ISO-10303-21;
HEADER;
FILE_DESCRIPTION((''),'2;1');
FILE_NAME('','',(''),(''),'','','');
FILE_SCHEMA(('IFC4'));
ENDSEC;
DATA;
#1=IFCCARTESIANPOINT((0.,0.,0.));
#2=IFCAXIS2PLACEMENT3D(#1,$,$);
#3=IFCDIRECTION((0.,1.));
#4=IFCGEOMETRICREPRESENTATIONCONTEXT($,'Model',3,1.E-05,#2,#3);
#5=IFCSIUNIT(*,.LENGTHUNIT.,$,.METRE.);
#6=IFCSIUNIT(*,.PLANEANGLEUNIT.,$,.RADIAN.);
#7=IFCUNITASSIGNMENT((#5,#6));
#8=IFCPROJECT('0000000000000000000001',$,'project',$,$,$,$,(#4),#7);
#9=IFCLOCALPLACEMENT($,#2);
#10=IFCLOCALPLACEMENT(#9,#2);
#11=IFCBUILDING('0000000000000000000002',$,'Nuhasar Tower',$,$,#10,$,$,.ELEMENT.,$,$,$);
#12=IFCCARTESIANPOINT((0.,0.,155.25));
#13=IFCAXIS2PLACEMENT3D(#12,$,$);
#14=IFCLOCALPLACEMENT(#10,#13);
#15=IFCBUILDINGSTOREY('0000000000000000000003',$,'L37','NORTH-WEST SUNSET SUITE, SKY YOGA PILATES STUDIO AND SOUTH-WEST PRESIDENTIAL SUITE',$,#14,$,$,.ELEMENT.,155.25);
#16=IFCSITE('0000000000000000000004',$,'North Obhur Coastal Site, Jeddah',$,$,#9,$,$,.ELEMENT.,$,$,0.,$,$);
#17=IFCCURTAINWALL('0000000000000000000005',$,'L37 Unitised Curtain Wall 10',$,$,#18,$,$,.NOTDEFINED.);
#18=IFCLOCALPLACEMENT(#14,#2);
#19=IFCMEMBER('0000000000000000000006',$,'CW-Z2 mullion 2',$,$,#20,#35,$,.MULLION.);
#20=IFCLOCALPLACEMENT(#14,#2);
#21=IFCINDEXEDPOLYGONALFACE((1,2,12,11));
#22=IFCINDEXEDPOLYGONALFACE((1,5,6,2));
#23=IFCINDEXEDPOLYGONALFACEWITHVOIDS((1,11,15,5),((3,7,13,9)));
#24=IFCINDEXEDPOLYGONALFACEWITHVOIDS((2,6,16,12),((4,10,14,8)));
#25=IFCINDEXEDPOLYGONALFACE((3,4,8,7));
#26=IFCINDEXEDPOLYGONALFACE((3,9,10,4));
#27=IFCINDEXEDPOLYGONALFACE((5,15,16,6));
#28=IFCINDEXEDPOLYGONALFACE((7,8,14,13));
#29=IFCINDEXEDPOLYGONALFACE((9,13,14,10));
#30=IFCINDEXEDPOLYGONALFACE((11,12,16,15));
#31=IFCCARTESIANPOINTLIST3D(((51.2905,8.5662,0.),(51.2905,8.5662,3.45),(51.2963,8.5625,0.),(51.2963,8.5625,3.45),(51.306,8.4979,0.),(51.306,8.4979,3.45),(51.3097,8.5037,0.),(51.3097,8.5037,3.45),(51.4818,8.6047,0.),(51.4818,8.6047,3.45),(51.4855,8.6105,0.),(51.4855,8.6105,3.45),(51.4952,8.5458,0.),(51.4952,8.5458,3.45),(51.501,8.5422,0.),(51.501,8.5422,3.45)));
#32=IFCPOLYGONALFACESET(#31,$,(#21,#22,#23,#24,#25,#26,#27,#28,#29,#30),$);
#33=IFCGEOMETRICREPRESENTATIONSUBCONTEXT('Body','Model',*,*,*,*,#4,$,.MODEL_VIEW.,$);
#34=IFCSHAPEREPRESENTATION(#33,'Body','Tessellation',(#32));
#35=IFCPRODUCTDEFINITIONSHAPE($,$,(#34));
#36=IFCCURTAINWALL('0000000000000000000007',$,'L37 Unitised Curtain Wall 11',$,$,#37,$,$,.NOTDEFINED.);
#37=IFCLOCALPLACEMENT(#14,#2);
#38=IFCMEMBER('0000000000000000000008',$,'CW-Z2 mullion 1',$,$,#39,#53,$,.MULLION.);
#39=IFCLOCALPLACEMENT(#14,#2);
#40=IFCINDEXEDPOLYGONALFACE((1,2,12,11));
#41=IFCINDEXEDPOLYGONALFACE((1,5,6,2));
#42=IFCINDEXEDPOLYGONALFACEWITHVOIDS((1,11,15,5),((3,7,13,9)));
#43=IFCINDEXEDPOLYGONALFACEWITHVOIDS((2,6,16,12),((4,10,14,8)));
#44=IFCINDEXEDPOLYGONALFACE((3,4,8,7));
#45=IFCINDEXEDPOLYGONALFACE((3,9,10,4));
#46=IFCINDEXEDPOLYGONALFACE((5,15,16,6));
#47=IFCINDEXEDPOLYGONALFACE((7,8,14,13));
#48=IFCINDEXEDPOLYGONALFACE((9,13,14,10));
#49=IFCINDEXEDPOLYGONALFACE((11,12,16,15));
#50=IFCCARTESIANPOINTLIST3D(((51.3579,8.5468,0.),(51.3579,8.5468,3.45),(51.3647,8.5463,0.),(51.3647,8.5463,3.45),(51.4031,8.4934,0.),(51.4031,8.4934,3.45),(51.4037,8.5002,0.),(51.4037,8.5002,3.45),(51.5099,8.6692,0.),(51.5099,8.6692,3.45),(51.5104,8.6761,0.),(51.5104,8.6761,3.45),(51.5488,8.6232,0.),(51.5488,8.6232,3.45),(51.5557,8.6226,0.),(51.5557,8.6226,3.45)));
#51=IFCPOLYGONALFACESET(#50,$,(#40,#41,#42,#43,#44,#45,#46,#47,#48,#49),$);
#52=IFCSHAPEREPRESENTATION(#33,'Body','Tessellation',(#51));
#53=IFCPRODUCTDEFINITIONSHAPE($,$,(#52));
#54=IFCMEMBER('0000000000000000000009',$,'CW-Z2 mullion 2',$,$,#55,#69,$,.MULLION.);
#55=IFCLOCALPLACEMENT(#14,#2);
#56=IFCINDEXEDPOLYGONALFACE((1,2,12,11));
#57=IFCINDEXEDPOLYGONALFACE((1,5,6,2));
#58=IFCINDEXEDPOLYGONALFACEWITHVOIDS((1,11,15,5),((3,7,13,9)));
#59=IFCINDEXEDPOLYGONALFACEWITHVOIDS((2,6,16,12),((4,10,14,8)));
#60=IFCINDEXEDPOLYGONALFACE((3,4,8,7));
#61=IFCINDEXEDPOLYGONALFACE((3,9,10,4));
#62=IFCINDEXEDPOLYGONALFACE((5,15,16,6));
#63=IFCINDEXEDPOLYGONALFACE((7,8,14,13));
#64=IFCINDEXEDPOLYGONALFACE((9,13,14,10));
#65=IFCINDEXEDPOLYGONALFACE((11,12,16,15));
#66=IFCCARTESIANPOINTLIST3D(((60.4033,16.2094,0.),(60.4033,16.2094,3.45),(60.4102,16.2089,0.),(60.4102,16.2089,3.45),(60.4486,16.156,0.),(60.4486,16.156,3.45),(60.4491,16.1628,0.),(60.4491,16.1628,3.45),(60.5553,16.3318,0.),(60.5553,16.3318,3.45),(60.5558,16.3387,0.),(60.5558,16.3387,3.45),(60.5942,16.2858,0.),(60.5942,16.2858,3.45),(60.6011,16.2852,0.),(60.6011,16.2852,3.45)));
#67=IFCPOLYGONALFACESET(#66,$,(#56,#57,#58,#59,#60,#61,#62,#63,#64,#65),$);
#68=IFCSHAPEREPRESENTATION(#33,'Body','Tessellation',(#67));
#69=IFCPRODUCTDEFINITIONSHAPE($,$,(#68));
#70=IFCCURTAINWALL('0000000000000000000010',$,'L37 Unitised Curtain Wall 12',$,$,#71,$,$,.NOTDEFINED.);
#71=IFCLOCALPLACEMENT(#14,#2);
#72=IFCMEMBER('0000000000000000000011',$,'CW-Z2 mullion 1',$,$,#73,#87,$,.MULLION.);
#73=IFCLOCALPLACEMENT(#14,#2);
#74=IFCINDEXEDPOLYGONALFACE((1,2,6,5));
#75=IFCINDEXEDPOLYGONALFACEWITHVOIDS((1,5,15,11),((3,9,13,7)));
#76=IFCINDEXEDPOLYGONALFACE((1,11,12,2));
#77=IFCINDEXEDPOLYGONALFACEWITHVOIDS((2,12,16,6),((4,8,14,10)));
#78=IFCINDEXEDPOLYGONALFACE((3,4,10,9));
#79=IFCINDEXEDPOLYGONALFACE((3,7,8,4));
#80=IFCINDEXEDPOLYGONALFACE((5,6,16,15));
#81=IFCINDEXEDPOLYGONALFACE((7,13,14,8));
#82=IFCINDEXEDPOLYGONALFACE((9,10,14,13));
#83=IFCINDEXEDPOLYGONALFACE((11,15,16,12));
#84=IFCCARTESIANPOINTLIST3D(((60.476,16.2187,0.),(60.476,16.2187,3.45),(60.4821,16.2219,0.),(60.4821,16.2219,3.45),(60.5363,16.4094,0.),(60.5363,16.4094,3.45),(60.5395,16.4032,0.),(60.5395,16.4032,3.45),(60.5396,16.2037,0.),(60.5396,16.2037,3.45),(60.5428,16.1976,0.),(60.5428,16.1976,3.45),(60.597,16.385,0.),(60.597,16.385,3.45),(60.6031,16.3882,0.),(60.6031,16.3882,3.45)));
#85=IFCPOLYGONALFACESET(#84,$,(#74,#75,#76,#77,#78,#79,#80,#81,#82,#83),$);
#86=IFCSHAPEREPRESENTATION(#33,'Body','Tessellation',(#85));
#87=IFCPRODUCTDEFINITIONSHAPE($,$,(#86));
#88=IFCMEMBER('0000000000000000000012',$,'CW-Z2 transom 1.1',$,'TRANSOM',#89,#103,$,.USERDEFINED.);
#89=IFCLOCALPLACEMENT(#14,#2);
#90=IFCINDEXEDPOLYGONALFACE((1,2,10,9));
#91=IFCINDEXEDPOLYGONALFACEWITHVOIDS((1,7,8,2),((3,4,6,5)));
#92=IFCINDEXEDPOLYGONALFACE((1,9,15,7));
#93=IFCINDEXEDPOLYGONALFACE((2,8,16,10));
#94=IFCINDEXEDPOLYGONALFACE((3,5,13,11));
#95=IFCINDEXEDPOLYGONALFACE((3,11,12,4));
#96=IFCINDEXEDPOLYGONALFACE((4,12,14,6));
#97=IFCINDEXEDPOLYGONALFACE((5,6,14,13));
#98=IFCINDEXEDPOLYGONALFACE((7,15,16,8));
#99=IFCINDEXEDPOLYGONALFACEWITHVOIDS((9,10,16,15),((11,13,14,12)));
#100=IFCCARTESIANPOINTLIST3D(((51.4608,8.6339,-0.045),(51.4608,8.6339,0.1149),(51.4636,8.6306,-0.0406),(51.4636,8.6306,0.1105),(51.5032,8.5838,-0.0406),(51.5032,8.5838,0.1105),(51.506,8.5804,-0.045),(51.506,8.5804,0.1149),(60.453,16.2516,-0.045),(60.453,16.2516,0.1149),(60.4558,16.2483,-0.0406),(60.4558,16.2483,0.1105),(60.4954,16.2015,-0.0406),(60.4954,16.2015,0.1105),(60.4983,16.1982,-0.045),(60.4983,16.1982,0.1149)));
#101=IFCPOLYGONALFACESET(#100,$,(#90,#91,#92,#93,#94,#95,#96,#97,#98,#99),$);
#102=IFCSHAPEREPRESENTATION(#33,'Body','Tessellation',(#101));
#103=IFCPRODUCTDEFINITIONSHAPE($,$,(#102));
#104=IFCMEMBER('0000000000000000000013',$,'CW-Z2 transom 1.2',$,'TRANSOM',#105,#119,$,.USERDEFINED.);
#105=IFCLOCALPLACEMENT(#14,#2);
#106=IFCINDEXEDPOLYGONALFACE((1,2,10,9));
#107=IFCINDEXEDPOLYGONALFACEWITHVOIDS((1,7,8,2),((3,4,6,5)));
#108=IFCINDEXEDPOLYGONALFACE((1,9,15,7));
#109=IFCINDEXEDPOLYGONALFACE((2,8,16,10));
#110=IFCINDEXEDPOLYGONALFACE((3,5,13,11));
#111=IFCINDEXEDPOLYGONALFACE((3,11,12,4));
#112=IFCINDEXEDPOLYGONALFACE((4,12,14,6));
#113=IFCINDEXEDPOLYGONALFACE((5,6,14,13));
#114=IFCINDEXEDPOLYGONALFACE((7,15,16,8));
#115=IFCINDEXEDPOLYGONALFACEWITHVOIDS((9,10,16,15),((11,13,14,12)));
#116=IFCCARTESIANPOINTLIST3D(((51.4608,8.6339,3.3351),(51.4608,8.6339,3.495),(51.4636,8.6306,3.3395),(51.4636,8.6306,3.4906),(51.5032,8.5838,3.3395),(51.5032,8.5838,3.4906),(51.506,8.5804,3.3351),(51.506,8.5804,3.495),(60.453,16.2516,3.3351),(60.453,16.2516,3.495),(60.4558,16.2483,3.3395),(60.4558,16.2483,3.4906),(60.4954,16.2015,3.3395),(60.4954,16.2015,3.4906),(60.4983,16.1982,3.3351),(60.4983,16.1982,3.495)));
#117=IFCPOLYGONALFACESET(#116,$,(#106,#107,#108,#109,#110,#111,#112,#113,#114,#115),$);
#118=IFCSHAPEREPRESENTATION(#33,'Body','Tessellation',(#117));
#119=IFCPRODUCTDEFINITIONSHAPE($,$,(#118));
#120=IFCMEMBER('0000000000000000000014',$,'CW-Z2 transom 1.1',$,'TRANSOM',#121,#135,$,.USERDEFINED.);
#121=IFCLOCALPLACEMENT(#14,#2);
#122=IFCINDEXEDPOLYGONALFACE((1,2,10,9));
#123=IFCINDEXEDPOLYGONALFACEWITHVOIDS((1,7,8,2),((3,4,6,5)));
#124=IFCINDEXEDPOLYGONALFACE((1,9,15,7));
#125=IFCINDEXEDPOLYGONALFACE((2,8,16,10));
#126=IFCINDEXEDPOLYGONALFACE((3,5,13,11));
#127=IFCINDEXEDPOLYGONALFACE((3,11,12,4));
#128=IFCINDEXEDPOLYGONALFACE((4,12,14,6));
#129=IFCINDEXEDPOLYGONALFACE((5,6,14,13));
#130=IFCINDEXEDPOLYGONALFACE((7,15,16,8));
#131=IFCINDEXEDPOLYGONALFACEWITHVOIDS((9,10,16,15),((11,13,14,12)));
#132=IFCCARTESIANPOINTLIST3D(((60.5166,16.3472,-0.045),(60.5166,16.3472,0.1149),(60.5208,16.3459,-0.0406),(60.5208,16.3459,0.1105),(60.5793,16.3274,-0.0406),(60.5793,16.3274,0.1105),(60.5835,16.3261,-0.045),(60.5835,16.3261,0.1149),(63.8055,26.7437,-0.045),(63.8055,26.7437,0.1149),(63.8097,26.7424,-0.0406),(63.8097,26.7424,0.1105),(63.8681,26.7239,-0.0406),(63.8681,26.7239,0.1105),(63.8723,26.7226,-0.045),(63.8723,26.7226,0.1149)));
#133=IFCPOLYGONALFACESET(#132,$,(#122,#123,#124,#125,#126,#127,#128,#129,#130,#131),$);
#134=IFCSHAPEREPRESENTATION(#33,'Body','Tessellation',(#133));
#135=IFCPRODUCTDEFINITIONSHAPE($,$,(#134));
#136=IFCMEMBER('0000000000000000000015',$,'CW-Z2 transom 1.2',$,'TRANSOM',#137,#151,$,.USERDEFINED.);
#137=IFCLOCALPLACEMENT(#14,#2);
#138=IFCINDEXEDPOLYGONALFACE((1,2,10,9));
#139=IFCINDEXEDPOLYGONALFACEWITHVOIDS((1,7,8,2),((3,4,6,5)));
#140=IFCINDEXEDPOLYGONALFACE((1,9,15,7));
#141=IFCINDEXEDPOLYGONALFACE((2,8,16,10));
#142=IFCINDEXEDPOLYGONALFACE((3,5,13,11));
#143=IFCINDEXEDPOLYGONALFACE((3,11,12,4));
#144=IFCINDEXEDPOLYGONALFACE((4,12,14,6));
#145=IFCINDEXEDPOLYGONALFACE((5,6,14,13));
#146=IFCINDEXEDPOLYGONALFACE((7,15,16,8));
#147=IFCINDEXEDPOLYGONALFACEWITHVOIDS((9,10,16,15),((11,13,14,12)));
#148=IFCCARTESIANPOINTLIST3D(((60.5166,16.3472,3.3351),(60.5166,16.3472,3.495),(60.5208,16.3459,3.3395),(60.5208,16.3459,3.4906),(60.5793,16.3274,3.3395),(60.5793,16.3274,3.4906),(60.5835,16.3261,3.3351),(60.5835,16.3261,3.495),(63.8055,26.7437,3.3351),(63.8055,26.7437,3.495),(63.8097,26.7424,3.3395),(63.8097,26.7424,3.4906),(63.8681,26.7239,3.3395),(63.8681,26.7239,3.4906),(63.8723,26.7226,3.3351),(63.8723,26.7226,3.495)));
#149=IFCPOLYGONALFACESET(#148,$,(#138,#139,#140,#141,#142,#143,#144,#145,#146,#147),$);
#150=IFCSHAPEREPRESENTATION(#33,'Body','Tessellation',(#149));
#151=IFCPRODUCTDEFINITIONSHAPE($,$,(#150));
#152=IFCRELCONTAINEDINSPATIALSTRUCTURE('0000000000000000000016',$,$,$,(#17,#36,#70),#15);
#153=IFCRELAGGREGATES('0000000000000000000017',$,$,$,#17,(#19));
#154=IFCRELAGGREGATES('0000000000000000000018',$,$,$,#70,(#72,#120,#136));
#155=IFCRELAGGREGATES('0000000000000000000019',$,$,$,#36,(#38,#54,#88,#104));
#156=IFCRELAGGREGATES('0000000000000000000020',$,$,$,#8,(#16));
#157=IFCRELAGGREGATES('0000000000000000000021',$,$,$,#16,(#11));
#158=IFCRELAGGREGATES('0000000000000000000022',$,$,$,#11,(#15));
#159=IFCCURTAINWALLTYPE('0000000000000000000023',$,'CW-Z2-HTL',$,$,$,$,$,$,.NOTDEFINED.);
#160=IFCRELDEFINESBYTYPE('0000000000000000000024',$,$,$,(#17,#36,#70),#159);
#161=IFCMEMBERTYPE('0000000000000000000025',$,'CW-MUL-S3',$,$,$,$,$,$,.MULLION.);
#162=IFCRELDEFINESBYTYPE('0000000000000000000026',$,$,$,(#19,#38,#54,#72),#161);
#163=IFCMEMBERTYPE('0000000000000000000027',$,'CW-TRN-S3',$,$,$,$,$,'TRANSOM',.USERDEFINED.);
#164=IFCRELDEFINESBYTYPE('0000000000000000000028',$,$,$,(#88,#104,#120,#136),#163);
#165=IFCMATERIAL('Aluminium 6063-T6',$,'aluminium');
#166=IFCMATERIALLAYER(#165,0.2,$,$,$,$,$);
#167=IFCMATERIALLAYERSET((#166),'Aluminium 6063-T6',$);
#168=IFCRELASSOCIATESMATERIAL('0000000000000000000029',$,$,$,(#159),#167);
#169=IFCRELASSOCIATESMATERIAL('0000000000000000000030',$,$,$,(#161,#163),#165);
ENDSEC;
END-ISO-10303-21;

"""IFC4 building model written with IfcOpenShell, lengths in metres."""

from ifc_helpers import new_model, si_unit, direction, frame, origin, origin_2d, place, context, subcontext, project, spatial, hollow_rectangle, extrude, material, layer, layer_set, material_profile, profile_set, type_object, element, aggregate, save


model = new_model("IFC4")

# Units and contexts
model_context = context("Model", 3, precision=1e-05, world=origin(), true_north=direction((0.0, 1.0)))
body_context = subcontext(model_context, "Body", "Model", "MODEL_VIEW")
ifc_project = project(units=[si_unit("LENGTHUNIT", "METRE"), si_unit("PLANEANGLEUNIT", "RADIAN")], contexts=[model_context])

# Site, building, storey
site_placement = place(None, origin())
site = spatial("IfcSite", under=ifc_project, at=site_placement, Name="North Obhur Coastal Site, Jeddah", CompositionType="ELEMENT", RefElevation=0.0)
building_placement = place(site_placement, origin())
building = spatial("IfcBuilding", under=site, at=building_placement, Name="Nuhasar Tower", CompositionType="ELEMENT")
storey_placement = place(building_placement, frame((0.0, 0.0, 155.25)))
storey = spatial("IfcBuildingStorey", under=building, at=storey_placement, Name="L37", Description="NORTH-WEST SUNSET SUITE, SKY YOGA PILATES STUDIO AND SOUTH-WEST PRESIDENTIAL SUITE", CompositionType="ELEMENT", Elevation=155.25)

# Curtain wall, member
ifc_material_1 = material(Name="Aluminium 6063-T6", Category="aluminium")
ifc_layer_1 = layer(ifc_material_1, 0.2)
ifc_layer_set_1 = layer_set([ifc_layer_1], Name="Aluminium 6063-T6")
curtain_wall_type = type_object("IfcCurtainWallType", Name="CW-Z2-HTL", PredefinedType="NOTDEFINED", material=ifc_layer_set_1)
curtain_wall_1_placement = place(storey_placement, origin())
curtain_wall_1 = element("IfcCurtainWall", 1, at=curtain_wall_1_placement, inside=storey, type_object=curtain_wall_type, Name="L37 Unitised Curtain Wall 10", PredefinedType="NOTDEFINED")
ifc_material_profile_1 = material_profile(ifc_material_1, hollow_rectangle(XDim=0.0701, YDim=0.2, WallThickness=0.0049, at=origin_2d()), Name="CWM-3")
ifc_profile_set_1 = profile_set([ifc_material_profile_1], Name="Aluminium 6063-T6")
member_type_1 = type_object("IfcMemberType", Name="CW-MUL-S3", PredefinedType="MULLION", material=ifc_profile_set_1)
member_1_placement = place(storey_placement, frame((51.3958, 8.5542, 0.0), z_axis=(0.0, 0.0, 1.0), x_axis=(-0.221397, 0.975184, 0.0)))
member_1 = element("IfcMember", 2, at=member_1_placement, type_object=member_type_1, Name="CW-Z2 mullion 2", PredefinedType="MULLION", context=body_context, shape_type="SweptSolid", body=[
    extrude(hollow_rectangle(XDim=0.0701, YDim=0.2, WallThickness=0.0049, at=origin_2d()), origin(), (0.0, 0.0, 1.0), 3.45),
])
aggregate(curtain_wall_1, [member_1])

# Curtain wall, members
curtain_wall_2_placement = place(storey_placement, origin())
curtain_wall_2 = element("IfcCurtainWall", 3, at=curtain_wall_2_placement, inside=storey, type_object=curtain_wall_type, Name="L37 Unitised Curtain Wall 11", PredefinedType="NOTDEFINED")
member_2_placement = place(storey_placement, frame((51.4568, 8.5847, 0.0), z_axis=(0.0, 0.0, 1.0), x_axis=(-0.646374, 0.76302, 0.0)))
member_2 = element("IfcMember", 4, at=member_2_placement, type_object=member_type_1, Name="CW-Z2 mullion 1", PredefinedType="MULLION", context=body_context, shape_type="SweptSolid", body=[
    extrude(hollow_rectangle(XDim=0.0701, YDim=0.2, WallThickness=0.0049, at=origin_2d()), origin(), (0.0, 0.0, 1.0), 3.45),
])
member_3_placement = place(storey_placement, frame((60.5022, 16.2473, 0.0), z_axis=(0.0, 0.0, 1.0), x_axis=(-0.646374, 0.76302, 0.0)))
member_3 = element("IfcMember", 5, at=member_3_placement, type_object=member_type_1, Name="CW-Z2 mullion 2", PredefinedType="MULLION", context=body_context, shape_type="SweptSolid", body=[
    extrude(hollow_rectangle(XDim=0.0701, YDim=0.2, WallThickness=0.0049, at=origin_2d()), origin(), (0.0, 0.0, 1.0), 3.45),
])

# Curtain wall, member
curtain_wall_3_placement = place(storey_placement, origin())
curtain_wall_3 = element("IfcCurtainWall", 6, at=curtain_wall_3_placement, inside=storey, type_object=curtain_wall_type, Name="L37 Unitised Curtain Wall 12", PredefinedType="NOTDEFINED")
member_4_placement = place(storey_placement, frame((60.5396, 16.3035, 0.0), z_axis=(0.0, 0.0, 1.0), x_axis=(-0.953433, 0.301604, 0.0)))
member_4 = element("IfcMember", 7, at=member_4_placement, type_object=member_type_1, Name="CW-Z2 mullion 1", PredefinedType="MULLION", context=body_context, shape_type="SweptSolid", body=[
    extrude(hollow_rectangle(XDim=0.0701, YDim=0.2, WallThickness=0.0049, at=origin_2d()), origin(), (0.0, 0.0, 1.0), 3.45),
])

# Members
ifc_material_profile_2 = material_profile(ifc_material_1, hollow_rectangle(XDim=0.0701, YDim=0.1599, WallThickness=0.0044, at=origin_2d()), Name="CWT-3")
ifc_profile_set_2 = profile_set([ifc_material_profile_2], Name="Aluminium 6063-T6")
member_type_2 = type_object("IfcMemberType", Name="CW-TRN-S3", ElementType="TRANSOM", PredefinedType="USERDEFINED", material=ifc_profile_set_2)
member_5_placement = place(storey_placement, frame((51.4834, 8.6072, 0.0349), z_axis=(0.763014, 0.646382, 0.0), x_axis=(-0.646382, 0.763014, 0.0)))
member_5 = element("IfcMember", 8, at=member_5_placement, type_object=member_type_2, Name="CW-Z2 transom 1.1", ObjectType="TRANSOM", PredefinedType="USERDEFINED", context=body_context, shape_type="SweptSolid", body=[
    extrude(hollow_rectangle(XDim=0.0701, YDim=0.1599, WallThickness=0.0044, at=origin_2d()), origin(), (0.0, 0.0, 1.0), 11.7852),
])
member_6_placement = place(storey_placement, frame((51.4834, 8.6072, 3.415), z_axis=(0.763014, 0.646382, 0.0), x_axis=(-0.646382, 0.763014, 0.0)))
member_6 = element("IfcMember", 9, at=member_6_placement, type_object=member_type_2, Name="CW-Z2 transom 1.2", ObjectType="TRANSOM", PredefinedType="USERDEFINED", context=body_context, shape_type="SweptSolid", body=[
    extrude(hollow_rectangle(XDim=0.0701, YDim=0.1599, WallThickness=0.0044, at=origin_2d()), origin(), (0.0, 0.0, 1.0), 11.7852),
])
member_7_placement = place(storey_placement, frame((60.55, 16.3367, 0.0349), z_axis=(0.301608, 0.953432, 0.0), x_axis=(-0.953432, 0.301608, 0.0)))
member_7 = element("IfcMember", 10, at=member_7_placement, type_object=member_type_2, Name="CW-Z2 transom 1.1", ObjectType="TRANSOM", PredefinedType="USERDEFINED", context=body_context, shape_type="SweptSolid", body=[
    extrude(hollow_rectangle(XDim=0.0701, YDim=0.1599, WallThickness=0.0044, at=origin_2d()), origin(), (0.0, 0.0, 1.0), 10.9043),
])
member_8_placement = place(storey_placement, frame((60.55, 16.3367, 3.415), z_axis=(0.301608, 0.953432, 0.0), x_axis=(-0.953432, 0.301608, 0.0)))
member_8 = element("IfcMember", 11, at=member_8_placement, type_object=member_type_2, Name="CW-Z2 transom 1.2", ObjectType="TRANSOM", PredefinedType="USERDEFINED", context=body_context, shape_type="SweptSolid", body=[
    extrude(hollow_rectangle(XDim=0.0701, YDim=0.1599, WallThickness=0.0044, at=origin_2d()), origin(), (0.0, 0.0, 1.0), 10.9043),
])
aggregate(curtain_wall_3, [member_4, member_7, member_8])

aggregate(curtain_wall_2, [member_2, member_3, member_5, member_6])

save(model, "model.ifc")
